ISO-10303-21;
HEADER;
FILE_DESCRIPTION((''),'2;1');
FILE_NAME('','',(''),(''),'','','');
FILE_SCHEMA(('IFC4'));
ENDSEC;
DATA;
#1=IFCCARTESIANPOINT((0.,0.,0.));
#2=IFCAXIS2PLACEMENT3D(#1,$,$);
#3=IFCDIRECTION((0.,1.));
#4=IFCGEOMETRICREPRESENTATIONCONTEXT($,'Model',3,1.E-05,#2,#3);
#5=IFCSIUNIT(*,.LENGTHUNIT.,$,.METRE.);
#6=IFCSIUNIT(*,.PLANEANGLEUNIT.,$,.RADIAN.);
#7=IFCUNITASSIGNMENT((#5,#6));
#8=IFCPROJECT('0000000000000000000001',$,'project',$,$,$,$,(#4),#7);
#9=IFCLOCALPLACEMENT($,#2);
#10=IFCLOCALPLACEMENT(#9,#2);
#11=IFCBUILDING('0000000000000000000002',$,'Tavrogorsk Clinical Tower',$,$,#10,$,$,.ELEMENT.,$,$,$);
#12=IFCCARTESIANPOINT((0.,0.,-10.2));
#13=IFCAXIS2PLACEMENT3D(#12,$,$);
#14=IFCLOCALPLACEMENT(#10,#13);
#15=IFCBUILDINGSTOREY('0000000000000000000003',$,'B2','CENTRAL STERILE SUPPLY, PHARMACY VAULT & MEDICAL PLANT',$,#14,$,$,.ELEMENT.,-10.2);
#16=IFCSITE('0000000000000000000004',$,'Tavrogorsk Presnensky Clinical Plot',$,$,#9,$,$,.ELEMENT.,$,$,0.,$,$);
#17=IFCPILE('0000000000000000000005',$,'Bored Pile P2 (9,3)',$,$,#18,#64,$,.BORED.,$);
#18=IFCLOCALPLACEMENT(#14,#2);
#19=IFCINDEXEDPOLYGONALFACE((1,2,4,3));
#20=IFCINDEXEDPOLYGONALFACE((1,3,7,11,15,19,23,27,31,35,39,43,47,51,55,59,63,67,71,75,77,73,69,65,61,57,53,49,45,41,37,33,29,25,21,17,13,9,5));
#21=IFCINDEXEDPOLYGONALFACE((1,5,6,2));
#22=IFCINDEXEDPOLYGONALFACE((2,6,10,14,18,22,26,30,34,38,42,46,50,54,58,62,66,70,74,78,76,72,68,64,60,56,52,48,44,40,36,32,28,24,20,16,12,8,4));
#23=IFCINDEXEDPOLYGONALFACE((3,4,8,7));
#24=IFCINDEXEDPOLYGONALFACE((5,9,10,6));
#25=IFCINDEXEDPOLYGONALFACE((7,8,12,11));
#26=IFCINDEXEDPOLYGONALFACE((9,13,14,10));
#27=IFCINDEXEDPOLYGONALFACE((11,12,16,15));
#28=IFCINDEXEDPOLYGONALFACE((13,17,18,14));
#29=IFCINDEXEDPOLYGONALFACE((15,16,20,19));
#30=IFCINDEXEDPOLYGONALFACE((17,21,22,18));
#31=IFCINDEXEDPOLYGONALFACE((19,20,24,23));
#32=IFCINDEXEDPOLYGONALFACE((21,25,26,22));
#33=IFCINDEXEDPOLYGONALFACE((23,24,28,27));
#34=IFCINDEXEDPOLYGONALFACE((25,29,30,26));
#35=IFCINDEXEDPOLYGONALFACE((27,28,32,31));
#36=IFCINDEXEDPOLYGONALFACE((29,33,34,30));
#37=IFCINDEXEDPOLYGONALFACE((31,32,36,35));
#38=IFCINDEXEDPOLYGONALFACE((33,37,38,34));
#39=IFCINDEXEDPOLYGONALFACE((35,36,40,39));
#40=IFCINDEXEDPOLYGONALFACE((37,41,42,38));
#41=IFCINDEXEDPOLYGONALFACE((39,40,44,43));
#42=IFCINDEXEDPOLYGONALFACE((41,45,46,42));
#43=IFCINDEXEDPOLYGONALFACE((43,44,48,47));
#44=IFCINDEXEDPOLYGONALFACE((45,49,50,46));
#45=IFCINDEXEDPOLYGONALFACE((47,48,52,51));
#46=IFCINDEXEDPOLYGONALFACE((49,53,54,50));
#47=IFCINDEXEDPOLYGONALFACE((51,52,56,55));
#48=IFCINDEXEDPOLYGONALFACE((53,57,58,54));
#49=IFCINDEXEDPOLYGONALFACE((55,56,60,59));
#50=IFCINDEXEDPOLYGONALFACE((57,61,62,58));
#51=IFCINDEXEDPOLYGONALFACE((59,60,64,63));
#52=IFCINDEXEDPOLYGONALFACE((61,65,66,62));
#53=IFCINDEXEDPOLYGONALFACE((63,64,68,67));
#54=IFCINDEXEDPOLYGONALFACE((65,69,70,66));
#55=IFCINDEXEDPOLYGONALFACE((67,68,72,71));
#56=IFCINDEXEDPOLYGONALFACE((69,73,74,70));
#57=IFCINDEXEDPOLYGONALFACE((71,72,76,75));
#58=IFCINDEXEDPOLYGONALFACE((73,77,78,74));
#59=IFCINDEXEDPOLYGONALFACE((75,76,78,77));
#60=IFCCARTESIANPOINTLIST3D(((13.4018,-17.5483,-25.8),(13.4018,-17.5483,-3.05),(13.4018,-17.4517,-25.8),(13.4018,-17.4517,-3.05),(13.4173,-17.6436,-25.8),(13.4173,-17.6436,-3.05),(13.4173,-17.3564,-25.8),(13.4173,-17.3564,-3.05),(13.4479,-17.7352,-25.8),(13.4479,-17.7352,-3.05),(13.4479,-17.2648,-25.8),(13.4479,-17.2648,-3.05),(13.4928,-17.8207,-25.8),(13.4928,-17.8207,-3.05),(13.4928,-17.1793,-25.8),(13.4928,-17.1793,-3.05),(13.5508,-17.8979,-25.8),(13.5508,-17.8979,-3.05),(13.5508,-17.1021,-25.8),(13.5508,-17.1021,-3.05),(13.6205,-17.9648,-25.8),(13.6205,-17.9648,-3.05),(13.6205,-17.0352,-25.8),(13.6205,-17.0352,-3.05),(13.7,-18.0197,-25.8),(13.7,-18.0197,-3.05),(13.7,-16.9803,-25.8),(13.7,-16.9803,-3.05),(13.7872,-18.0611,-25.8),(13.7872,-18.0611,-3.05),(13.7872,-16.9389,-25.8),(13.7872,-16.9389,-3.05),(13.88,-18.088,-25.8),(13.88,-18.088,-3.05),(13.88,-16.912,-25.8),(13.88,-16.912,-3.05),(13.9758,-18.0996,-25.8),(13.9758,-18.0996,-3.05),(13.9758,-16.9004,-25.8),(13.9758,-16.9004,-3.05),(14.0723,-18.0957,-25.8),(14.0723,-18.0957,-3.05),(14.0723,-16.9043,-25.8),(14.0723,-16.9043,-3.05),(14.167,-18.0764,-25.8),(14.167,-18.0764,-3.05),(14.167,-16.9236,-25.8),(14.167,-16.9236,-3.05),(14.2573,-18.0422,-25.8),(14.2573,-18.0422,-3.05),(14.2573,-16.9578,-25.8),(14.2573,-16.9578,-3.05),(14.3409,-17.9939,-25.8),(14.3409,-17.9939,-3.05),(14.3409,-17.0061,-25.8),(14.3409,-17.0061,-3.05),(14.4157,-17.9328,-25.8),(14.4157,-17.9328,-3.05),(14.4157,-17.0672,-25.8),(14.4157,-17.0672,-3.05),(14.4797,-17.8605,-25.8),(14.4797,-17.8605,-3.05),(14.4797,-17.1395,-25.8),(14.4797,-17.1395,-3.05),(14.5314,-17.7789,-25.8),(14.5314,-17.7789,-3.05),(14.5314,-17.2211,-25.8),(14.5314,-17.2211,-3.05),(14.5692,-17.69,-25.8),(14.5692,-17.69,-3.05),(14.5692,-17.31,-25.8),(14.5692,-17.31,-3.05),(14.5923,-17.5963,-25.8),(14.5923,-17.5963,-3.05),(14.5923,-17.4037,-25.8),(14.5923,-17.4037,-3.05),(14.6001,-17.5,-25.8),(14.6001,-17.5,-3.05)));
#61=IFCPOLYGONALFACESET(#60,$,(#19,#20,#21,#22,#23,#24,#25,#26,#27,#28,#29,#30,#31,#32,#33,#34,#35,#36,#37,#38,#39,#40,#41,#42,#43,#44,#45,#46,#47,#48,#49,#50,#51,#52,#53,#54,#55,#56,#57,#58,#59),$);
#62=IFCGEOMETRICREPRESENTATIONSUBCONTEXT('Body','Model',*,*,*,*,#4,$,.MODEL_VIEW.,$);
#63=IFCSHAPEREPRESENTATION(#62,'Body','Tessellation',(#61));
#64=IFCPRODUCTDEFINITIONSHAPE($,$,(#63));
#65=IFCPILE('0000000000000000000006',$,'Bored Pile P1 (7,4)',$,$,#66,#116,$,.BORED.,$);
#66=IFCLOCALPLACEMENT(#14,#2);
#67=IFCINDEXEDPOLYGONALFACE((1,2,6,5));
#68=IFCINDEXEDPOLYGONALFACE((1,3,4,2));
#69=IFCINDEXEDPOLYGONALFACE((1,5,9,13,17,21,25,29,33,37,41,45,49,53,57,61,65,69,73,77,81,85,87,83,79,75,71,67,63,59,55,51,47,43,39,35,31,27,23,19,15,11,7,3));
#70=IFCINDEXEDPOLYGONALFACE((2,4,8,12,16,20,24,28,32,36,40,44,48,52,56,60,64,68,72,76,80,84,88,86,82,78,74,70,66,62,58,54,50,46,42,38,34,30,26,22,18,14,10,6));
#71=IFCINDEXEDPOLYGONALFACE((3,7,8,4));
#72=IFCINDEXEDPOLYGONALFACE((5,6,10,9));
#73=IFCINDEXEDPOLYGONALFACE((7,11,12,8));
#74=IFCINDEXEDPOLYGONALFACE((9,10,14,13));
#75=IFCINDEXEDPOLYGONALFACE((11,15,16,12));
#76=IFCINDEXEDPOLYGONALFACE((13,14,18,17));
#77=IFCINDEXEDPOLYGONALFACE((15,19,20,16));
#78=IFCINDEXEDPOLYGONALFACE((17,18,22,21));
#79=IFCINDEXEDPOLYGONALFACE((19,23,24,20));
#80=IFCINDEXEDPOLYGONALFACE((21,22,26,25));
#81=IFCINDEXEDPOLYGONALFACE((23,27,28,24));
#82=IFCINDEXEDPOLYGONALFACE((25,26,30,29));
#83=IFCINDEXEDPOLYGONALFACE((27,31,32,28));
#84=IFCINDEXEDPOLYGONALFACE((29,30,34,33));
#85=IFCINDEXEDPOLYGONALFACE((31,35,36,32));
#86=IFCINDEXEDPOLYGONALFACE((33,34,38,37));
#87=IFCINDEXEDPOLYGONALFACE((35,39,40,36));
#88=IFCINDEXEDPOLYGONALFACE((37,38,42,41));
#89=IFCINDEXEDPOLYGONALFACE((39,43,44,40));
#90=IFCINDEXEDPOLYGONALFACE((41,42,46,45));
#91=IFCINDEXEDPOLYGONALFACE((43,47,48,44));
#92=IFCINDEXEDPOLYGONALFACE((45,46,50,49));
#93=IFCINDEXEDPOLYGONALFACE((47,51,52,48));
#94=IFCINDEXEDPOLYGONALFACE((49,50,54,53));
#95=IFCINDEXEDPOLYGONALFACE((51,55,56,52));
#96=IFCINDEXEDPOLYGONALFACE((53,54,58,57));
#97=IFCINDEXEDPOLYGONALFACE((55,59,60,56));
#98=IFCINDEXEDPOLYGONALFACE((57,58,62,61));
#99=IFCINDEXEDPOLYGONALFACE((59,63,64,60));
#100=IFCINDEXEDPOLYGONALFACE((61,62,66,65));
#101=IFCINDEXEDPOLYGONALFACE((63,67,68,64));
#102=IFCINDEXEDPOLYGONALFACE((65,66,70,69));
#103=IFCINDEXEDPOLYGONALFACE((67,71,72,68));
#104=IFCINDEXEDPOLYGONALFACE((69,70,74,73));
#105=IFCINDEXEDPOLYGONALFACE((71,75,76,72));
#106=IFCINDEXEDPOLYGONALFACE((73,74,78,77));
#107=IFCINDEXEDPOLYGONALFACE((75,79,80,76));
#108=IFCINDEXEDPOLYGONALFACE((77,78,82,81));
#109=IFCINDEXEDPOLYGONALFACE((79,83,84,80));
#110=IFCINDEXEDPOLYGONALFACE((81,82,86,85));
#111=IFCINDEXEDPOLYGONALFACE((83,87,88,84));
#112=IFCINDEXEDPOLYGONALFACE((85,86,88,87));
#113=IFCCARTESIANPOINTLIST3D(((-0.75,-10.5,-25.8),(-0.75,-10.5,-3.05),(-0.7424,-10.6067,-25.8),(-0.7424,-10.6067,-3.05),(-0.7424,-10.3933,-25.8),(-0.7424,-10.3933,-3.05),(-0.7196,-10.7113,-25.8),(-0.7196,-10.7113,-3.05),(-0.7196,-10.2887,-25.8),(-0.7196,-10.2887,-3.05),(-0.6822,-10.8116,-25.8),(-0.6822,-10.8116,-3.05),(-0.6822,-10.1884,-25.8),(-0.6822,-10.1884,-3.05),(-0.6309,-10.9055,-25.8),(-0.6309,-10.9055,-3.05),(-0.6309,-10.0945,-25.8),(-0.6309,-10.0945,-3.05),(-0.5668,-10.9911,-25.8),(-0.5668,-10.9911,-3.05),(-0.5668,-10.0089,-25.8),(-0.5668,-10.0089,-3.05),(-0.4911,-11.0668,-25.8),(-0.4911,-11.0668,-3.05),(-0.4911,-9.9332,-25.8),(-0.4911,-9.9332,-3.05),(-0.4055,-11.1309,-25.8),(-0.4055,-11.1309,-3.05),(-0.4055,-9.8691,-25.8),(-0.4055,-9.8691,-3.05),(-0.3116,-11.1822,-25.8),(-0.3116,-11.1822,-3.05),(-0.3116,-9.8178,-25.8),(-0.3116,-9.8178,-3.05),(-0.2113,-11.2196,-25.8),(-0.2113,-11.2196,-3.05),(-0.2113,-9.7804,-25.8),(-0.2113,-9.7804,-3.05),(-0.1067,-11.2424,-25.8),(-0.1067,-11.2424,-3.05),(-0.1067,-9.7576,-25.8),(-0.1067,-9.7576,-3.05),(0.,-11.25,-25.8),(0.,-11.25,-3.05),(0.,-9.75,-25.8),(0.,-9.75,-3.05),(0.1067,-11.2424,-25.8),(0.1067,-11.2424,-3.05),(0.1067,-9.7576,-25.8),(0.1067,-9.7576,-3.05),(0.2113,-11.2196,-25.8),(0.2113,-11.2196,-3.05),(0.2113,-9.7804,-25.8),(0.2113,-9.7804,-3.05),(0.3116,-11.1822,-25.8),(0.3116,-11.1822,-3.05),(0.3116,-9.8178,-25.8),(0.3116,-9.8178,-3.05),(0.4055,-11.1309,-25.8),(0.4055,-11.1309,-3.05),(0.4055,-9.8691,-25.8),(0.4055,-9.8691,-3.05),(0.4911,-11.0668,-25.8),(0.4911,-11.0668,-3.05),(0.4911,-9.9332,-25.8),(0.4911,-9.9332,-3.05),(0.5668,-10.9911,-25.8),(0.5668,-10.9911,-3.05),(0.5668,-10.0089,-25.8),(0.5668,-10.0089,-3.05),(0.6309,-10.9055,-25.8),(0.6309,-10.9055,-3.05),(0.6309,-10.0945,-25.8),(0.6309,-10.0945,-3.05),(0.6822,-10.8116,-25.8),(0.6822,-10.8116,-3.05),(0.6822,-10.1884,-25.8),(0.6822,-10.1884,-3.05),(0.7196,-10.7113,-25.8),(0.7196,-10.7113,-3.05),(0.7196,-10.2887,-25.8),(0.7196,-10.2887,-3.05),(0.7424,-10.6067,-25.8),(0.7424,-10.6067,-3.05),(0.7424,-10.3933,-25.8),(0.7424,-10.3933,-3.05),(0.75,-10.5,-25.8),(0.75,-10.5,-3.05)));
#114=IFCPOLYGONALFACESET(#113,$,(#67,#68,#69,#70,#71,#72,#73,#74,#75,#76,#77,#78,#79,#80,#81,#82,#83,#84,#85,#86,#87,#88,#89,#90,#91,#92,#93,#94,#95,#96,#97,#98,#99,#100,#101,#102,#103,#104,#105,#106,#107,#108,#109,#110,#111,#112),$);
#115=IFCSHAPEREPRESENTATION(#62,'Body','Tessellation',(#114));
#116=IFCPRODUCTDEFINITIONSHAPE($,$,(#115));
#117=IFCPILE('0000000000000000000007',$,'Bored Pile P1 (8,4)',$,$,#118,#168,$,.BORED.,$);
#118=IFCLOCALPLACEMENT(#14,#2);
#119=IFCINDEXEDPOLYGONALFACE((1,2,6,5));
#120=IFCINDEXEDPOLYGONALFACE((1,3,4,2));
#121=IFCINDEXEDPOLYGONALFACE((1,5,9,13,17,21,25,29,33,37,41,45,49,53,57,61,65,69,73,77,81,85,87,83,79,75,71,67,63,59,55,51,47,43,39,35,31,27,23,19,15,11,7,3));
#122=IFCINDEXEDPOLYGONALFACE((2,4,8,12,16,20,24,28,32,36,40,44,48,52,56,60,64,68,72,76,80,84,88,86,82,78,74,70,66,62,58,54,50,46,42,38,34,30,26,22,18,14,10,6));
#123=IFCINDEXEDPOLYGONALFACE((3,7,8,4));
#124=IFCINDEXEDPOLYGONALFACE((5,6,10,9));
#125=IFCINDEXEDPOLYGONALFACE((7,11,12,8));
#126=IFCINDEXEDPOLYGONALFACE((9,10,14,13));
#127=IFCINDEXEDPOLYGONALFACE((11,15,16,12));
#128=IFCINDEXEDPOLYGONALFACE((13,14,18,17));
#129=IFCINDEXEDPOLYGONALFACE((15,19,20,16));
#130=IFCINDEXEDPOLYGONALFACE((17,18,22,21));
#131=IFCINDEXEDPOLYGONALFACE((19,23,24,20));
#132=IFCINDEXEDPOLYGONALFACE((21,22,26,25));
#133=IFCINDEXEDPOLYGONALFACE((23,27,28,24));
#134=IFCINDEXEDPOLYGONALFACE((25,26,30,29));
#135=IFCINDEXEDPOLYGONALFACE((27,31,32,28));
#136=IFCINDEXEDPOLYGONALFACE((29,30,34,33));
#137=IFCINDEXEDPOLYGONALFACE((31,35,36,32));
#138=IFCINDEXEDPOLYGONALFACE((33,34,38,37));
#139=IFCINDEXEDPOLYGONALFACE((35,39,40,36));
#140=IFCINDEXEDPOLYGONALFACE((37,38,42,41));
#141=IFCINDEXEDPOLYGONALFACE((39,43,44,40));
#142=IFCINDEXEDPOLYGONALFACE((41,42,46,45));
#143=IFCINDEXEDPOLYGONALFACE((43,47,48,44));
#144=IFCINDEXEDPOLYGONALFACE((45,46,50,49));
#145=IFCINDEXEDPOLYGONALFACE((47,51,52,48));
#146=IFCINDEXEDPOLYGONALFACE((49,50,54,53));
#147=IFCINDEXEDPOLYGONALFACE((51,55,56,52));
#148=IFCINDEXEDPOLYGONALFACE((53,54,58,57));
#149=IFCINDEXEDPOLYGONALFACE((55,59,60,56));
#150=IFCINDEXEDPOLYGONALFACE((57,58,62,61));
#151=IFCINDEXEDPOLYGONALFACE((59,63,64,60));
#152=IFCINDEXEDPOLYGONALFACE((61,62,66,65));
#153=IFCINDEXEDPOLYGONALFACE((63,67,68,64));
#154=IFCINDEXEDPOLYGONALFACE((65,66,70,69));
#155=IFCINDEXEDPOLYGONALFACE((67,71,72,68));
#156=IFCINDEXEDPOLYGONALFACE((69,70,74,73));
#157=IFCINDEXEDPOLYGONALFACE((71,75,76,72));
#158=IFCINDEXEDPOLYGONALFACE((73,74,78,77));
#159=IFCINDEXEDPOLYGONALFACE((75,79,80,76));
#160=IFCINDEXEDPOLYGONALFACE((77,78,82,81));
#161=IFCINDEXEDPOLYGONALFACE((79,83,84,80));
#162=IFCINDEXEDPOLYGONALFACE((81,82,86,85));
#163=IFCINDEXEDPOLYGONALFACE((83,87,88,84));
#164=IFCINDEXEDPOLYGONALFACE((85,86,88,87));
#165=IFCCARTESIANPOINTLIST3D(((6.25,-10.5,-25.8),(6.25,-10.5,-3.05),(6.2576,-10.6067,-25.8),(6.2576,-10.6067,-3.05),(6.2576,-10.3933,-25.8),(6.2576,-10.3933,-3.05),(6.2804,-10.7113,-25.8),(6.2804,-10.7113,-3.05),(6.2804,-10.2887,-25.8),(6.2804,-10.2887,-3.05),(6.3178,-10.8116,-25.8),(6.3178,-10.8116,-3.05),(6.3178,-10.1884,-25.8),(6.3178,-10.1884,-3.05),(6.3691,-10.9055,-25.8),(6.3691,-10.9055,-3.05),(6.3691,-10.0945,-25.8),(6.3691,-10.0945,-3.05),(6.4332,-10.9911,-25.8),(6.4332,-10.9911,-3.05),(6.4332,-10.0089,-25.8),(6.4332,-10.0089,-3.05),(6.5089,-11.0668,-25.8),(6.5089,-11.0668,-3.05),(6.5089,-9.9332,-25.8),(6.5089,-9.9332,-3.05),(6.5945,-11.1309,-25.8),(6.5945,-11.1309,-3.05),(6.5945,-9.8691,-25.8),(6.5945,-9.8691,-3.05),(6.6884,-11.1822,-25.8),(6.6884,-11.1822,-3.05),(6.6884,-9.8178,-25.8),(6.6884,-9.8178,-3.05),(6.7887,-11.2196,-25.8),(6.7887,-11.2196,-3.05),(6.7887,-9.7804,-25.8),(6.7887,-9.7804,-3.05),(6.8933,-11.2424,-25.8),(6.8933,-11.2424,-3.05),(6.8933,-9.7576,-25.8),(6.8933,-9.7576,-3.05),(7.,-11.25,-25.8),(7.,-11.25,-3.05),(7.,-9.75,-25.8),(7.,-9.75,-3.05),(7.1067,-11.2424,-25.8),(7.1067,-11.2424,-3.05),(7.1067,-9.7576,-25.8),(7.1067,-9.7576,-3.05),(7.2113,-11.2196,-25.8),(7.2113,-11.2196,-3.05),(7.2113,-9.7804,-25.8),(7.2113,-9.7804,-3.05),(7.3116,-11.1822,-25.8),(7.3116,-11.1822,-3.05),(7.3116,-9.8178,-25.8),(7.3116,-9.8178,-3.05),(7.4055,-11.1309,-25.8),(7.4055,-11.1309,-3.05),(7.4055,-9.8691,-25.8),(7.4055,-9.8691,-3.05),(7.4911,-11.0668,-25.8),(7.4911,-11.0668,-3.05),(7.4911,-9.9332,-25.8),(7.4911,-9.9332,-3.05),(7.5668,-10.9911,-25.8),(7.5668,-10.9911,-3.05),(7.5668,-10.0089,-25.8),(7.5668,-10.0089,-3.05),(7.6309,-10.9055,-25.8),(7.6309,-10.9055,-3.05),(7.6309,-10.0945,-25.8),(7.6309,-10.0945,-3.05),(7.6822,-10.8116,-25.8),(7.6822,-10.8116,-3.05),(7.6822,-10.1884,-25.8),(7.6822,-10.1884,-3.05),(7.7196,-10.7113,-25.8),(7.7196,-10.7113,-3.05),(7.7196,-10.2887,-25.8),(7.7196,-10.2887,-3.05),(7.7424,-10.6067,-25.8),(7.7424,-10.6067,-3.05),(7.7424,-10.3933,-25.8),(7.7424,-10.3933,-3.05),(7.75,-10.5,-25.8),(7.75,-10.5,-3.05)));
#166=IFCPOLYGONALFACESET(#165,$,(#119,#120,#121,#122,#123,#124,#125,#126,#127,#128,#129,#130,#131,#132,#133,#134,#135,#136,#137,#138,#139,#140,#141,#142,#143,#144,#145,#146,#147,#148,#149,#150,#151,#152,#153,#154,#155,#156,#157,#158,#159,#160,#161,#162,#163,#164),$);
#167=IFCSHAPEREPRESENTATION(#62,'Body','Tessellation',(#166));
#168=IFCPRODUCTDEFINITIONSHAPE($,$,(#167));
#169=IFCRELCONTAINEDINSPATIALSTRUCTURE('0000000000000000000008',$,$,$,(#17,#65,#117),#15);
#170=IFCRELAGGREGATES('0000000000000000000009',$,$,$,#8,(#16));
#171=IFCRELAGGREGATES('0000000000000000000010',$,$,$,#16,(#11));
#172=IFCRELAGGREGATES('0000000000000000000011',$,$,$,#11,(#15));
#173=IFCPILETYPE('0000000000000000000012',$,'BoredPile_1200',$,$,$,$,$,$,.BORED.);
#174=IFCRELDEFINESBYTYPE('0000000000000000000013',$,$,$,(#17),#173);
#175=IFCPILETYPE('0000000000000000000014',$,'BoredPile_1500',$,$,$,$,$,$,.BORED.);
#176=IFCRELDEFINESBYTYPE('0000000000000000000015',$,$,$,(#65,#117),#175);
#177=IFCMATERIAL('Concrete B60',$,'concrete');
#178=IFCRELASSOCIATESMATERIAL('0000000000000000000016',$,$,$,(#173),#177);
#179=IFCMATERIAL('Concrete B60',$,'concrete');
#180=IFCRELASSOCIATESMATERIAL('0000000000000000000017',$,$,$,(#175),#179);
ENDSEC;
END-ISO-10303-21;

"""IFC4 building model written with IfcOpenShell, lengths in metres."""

from ifc_helpers import new_model, si_unit, direction, frame, origin, origin_2d, place, context, subcontext, project, spatial, circle, extrude, material, material_profile, profile_set, type_object, element, save


model = new_model("IFC4")

# Units and contexts
model_context = context("Model", 3, precision=1e-05, world=origin(), true_north=direction((0.0, 1.0)))
body_context = subcontext(model_context, "Body", "Model", "MODEL_VIEW")
ifc_project = project(units=[si_unit("LENGTHUNIT", "METRE"), si_unit("PLANEANGLEUNIT", "RADIAN")], contexts=[model_context])

# Site, building, storey
site_placement = place(None, origin())
site = spatial("IfcSite", under=ifc_project, at=site_placement, Name="Tavrogorsk Presnensky Clinical Plot", CompositionType="ELEMENT", RefElevation=0.0)
building_placement = place(site_placement, origin())
building = spatial("IfcBuilding", under=site, at=building_placement, Name="Tavrogorsk Clinical Tower", CompositionType="ELEMENT")
storey_placement = place(building_placement, frame((0.0, 0.0, -10.2)))
storey = spatial("IfcBuildingStorey", under=building, at=storey_placement, Name="B2", Description="CENTRAL STERILE SUPPLY, PHARMACY VAULT & MEDICAL PLANT", CompositionType="ELEMENT", Elevation=-10.2)

# Piles
ifc_material_1 = material(Name="Concrete B60", Category="concrete")
ifc_material_profile_1 = material_profile(ifc_material_1, circle(Radius=0.6001, at=origin_2d()), Name="BORED-PILE-1200")
ifc_profile_set_1 = profile_set([ifc_material_profile_1], Name="Concrete B60")
pile_type_1 = type_object("IfcPileType", Name="BoredPile_1200", PredefinedType="BORED", material=ifc_profile_set_1)
for number, where, z_axis, x_axis, name in (
    (1, (14.0, -17.5, -3.05), (0.0, 0.0, -1.0), (1.0, 0.0, 0.0), "Bored Pile P2 (9,3)"),
):
    element("IfcPile", number, at=place(storey_placement, frame(where, z_axis=z_axis, x_axis=x_axis)), inside=storey, type_object=pile_type_1, Name=name, PredefinedType="BORED", context=body_context, shape_type="SweptSolid", body=[
        extrude(circle(Radius=0.6001, at=origin_2d()), origin(), (0.0, 0.0, 1.0), 22.75),
    ])
ifc_material_2 = material(Name="Concrete B60", Category="concrete")
ifc_material_profile_2 = material_profile(ifc_material_2, circle(Radius=0.75, at=origin_2d()), Name="BORED-PILE-1500")
ifc_profile_set_2 = profile_set([ifc_material_profile_2], Name="Concrete B60")
pile_type_2 = type_object("IfcPileType", Name="BoredPile_1500", PredefinedType="BORED", material=ifc_profile_set_2)
for number, where, z_axis, x_axis, name in (
    (2, (0.0, -10.5, -3.05), (0.0, 0.0, -1.0), (1.0, 0.0, 0.0), "Bored Pile P1 (7,4)"),
    (3, (7.0, -10.5, -3.05), (0.0, 0.0, -1.0), (1.0, 0.0, 0.0), "Bored Pile P1 (8,4)"),
):
    element("IfcPile", number, at=place(storey_placement, frame(where, z_axis=z_axis, x_axis=x_axis)), inside=storey, type_object=pile_type_2, Name=name, PredefinedType="BORED", context=body_context, shape_type="SweptSolid", body=[
        extrude(circle(Radius=0.75, at=origin_2d()), origin(), (0.0, 0.0, 1.0), 22.75),
    ])

save(model, "model.ifc")
